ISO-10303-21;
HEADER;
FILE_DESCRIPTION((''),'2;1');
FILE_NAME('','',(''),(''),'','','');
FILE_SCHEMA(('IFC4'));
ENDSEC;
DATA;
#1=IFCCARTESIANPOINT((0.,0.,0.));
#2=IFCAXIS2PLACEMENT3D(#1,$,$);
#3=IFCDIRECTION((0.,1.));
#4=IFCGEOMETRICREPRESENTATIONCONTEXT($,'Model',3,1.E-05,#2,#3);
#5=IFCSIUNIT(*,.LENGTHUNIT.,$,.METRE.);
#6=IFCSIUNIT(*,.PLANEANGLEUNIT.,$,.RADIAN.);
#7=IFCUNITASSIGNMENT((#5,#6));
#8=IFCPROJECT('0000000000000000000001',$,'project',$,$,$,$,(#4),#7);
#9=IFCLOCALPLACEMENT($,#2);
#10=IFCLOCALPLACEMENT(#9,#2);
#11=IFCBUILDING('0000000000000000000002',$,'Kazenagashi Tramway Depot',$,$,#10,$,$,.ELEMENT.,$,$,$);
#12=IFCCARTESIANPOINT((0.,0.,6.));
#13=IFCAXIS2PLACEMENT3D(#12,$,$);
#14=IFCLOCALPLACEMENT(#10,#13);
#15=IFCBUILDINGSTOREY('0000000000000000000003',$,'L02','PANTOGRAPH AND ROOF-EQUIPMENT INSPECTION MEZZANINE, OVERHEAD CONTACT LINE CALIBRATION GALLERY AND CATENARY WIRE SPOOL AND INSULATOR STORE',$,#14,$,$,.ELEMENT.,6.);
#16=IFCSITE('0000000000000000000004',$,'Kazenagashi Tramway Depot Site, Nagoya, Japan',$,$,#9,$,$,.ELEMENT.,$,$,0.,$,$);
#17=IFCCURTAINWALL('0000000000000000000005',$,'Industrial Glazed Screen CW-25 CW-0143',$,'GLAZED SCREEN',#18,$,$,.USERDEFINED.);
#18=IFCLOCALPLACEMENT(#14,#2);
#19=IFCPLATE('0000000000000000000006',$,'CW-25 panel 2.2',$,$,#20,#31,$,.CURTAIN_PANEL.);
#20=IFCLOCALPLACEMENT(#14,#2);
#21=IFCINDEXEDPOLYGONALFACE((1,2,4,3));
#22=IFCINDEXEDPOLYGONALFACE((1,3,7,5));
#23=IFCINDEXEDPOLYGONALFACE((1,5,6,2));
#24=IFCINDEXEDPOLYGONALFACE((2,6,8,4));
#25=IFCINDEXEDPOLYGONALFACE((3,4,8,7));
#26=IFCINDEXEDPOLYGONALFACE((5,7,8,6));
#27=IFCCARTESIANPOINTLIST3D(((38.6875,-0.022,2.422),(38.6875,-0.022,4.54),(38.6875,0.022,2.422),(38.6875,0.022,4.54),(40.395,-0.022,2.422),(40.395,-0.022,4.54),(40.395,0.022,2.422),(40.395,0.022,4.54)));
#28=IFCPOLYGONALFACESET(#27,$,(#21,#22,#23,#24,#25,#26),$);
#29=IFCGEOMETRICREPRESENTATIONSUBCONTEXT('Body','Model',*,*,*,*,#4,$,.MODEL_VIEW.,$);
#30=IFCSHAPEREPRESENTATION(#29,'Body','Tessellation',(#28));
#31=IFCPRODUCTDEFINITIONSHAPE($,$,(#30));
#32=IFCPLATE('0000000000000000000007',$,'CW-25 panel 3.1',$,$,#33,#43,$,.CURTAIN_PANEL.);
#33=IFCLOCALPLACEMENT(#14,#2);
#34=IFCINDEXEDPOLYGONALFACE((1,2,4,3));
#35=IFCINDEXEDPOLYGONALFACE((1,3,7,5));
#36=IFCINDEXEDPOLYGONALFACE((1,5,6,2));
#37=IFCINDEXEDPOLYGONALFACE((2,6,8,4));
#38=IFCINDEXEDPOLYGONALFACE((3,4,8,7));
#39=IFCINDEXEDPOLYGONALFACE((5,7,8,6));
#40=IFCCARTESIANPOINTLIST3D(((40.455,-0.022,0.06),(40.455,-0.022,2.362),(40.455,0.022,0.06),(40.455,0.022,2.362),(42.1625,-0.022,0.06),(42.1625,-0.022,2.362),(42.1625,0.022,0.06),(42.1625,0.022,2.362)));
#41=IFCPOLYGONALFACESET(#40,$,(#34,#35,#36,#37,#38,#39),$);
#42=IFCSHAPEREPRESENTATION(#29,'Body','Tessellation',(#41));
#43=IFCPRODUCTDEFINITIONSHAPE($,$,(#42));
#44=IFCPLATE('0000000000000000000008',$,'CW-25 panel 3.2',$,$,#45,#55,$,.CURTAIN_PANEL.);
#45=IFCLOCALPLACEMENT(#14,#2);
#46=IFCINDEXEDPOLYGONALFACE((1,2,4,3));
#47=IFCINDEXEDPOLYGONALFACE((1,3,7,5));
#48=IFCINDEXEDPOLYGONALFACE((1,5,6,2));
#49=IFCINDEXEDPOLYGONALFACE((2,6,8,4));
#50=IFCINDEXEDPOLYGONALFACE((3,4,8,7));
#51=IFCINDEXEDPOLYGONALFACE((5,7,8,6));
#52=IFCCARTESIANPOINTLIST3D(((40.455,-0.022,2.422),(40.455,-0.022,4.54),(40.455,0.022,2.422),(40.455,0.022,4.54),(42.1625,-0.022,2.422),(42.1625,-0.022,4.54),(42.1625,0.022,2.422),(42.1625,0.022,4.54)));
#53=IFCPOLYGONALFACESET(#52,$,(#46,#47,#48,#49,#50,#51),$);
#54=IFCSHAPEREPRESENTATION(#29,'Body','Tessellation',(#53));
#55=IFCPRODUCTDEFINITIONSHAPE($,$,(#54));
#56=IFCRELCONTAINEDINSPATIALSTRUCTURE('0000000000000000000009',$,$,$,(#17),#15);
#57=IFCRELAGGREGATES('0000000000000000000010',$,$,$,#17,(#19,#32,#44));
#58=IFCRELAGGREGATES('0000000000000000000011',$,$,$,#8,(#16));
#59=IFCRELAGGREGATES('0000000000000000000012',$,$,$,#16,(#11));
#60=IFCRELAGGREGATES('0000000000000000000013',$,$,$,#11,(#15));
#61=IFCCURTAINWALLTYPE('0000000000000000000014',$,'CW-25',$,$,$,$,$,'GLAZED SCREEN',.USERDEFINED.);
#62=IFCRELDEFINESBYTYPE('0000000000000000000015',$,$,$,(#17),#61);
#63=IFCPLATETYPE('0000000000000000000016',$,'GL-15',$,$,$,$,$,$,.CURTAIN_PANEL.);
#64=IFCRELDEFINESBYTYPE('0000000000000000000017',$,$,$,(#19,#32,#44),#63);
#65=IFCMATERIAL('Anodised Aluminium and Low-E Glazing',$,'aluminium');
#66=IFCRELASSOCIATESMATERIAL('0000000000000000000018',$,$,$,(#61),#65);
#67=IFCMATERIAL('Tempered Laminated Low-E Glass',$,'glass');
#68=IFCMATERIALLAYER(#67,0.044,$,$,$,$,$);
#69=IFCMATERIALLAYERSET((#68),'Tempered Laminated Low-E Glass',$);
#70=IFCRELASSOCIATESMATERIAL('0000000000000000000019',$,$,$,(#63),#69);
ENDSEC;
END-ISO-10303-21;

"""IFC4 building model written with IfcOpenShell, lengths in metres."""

from ifc_helpers import new_model, si_unit, direction, frame, origin, origin_2d, place, context, subcontext, project, spatial, rectangle, extrude, material, layer, layer_set, type_object, element, aggregate, save


model = new_model("IFC4")

# Units and contexts
model_context = context("Model", 3, precision=1e-05, world=origin(), true_north=direction((0.0, 1.0)))
body_context = subcontext(model_context, "Body", "Model", "MODEL_VIEW")
ifc_project = project(units=[si_unit("LENGTHUNIT", "METRE"), si_unit("PLANEANGLEUNIT", "RADIAN")], contexts=[model_context])

# Site, building, storey
site_placement = place(None, origin())
site = spatial("IfcSite", under=ifc_project, at=site_placement, Name="Kazenagashi Tramway Depot Site, Nagoya, Japan", CompositionType="ELEMENT", RefElevation=0.0)
building_placement = place(site_placement, origin())
building = spatial("IfcBuilding", under=site, at=building_placement, Name="Kazenagashi Tramway Depot", CompositionType="ELEMENT")
storey_placement = place(building_placement, frame((0.0, 0.0, 6.0)))
storey = spatial("IfcBuildingStorey", under=building, at=storey_placement, Name="L02", Description="PANTOGRAPH AND ROOF-EQUIPMENT INSPECTION MEZZANINE, OVERHEAD CONTACT LINE CALIBRATION GALLERY AND CATENARY WIRE SPOOL AND INSULATOR STORE", CompositionType="ELEMENT", Elevation=6.0)

# Shared definitions
ifc_material_1 = material(Name="Anodised Aluminium and Low-E Glazing", Category="aluminium")
curtain_wall_type = type_object("IfcCurtainWallType", Name="CW-25", ElementType="GLAZED SCREEN", PredefinedType="USERDEFINED", material=ifc_material_1)

# Curtain wall
curtain_wall_1_placement = place(storey_placement, origin())
curtain_wall_1 = element("IfcCurtainWall", 1, at=curtain_wall_1_placement, inside=storey, type_object=curtain_wall_type, Name="Industrial Glazed Screen CW-25 CW-0143", ObjectType="GLAZED SCREEN", PredefinedType="USERDEFINED")

# Plates
ifc_material_2 = material(Name="Tempered Laminated Low-E Glass", Category="glass")
ifc_layer_1 = layer(ifc_material_2, 0.044)
ifc_layer_set_1 = layer_set([ifc_layer_1], Name="Tempered Laminated Low-E Glass")
plate_type_1 = type_object("IfcPlateType", Name="GL-15", PredefinedType="CURTAIN_PANEL", material=ifc_layer_set_1)
plate_1_placement = place(storey_placement, frame((39.5412, 0.0, 2.422), z_axis=(0.0, 0.0, 1.0), x_axis=(1.0, 0.0, 0.0)))
plate_1 = element("IfcPlate", 2, at=plate_1_placement, type_object=plate_type_1, Name="CW-25 panel 2.2", PredefinedType="CURTAIN_PANEL", context=body_context, shape_type="SweptSolid", body=[
    extrude(rectangle(XDim=1.7075, YDim=0.044, at=origin_2d()), origin(), (0.0, 0.0, 1.0), 2.118),
])
plate_2_placement = place(storey_placement, frame((41.3088, 0.0, 0.06), z_axis=(0.0, 0.0, 1.0), x_axis=(1.0, 0.0, 0.0)))
plate_2 = element("IfcPlate", 3, at=plate_2_placement, type_object=plate_type_1, Name="CW-25 panel 3.1", PredefinedType="CURTAIN_PANEL", context=body_context, shape_type="SweptSolid", body=[
    extrude(rectangle(XDim=1.7075, YDim=0.044, at=origin_2d()), origin(), (0.0, 0.0, 1.0), 2.302),
])
plate_3_placement = place(storey_placement, frame((41.3088, 0.0, 2.422), z_axis=(0.0, 0.0, 1.0), x_axis=(1.0, 0.0, 0.0)))
plate_3 = element("IfcPlate", 4, at=plate_3_placement, type_object=plate_type_1, Name="CW-25 panel 3.2", PredefinedType="CURTAIN_PANEL", context=body_context, shape_type="SweptSolid", body=[
    extrude(rectangle(XDim=1.7075, YDim=0.044, at=origin_2d()), origin(), (0.0, 0.0, 1.0), 2.118),
])
aggregate(curtain_wall_1, [plate_1, plate_2, plate_3])

save(model, "model.ifc")
